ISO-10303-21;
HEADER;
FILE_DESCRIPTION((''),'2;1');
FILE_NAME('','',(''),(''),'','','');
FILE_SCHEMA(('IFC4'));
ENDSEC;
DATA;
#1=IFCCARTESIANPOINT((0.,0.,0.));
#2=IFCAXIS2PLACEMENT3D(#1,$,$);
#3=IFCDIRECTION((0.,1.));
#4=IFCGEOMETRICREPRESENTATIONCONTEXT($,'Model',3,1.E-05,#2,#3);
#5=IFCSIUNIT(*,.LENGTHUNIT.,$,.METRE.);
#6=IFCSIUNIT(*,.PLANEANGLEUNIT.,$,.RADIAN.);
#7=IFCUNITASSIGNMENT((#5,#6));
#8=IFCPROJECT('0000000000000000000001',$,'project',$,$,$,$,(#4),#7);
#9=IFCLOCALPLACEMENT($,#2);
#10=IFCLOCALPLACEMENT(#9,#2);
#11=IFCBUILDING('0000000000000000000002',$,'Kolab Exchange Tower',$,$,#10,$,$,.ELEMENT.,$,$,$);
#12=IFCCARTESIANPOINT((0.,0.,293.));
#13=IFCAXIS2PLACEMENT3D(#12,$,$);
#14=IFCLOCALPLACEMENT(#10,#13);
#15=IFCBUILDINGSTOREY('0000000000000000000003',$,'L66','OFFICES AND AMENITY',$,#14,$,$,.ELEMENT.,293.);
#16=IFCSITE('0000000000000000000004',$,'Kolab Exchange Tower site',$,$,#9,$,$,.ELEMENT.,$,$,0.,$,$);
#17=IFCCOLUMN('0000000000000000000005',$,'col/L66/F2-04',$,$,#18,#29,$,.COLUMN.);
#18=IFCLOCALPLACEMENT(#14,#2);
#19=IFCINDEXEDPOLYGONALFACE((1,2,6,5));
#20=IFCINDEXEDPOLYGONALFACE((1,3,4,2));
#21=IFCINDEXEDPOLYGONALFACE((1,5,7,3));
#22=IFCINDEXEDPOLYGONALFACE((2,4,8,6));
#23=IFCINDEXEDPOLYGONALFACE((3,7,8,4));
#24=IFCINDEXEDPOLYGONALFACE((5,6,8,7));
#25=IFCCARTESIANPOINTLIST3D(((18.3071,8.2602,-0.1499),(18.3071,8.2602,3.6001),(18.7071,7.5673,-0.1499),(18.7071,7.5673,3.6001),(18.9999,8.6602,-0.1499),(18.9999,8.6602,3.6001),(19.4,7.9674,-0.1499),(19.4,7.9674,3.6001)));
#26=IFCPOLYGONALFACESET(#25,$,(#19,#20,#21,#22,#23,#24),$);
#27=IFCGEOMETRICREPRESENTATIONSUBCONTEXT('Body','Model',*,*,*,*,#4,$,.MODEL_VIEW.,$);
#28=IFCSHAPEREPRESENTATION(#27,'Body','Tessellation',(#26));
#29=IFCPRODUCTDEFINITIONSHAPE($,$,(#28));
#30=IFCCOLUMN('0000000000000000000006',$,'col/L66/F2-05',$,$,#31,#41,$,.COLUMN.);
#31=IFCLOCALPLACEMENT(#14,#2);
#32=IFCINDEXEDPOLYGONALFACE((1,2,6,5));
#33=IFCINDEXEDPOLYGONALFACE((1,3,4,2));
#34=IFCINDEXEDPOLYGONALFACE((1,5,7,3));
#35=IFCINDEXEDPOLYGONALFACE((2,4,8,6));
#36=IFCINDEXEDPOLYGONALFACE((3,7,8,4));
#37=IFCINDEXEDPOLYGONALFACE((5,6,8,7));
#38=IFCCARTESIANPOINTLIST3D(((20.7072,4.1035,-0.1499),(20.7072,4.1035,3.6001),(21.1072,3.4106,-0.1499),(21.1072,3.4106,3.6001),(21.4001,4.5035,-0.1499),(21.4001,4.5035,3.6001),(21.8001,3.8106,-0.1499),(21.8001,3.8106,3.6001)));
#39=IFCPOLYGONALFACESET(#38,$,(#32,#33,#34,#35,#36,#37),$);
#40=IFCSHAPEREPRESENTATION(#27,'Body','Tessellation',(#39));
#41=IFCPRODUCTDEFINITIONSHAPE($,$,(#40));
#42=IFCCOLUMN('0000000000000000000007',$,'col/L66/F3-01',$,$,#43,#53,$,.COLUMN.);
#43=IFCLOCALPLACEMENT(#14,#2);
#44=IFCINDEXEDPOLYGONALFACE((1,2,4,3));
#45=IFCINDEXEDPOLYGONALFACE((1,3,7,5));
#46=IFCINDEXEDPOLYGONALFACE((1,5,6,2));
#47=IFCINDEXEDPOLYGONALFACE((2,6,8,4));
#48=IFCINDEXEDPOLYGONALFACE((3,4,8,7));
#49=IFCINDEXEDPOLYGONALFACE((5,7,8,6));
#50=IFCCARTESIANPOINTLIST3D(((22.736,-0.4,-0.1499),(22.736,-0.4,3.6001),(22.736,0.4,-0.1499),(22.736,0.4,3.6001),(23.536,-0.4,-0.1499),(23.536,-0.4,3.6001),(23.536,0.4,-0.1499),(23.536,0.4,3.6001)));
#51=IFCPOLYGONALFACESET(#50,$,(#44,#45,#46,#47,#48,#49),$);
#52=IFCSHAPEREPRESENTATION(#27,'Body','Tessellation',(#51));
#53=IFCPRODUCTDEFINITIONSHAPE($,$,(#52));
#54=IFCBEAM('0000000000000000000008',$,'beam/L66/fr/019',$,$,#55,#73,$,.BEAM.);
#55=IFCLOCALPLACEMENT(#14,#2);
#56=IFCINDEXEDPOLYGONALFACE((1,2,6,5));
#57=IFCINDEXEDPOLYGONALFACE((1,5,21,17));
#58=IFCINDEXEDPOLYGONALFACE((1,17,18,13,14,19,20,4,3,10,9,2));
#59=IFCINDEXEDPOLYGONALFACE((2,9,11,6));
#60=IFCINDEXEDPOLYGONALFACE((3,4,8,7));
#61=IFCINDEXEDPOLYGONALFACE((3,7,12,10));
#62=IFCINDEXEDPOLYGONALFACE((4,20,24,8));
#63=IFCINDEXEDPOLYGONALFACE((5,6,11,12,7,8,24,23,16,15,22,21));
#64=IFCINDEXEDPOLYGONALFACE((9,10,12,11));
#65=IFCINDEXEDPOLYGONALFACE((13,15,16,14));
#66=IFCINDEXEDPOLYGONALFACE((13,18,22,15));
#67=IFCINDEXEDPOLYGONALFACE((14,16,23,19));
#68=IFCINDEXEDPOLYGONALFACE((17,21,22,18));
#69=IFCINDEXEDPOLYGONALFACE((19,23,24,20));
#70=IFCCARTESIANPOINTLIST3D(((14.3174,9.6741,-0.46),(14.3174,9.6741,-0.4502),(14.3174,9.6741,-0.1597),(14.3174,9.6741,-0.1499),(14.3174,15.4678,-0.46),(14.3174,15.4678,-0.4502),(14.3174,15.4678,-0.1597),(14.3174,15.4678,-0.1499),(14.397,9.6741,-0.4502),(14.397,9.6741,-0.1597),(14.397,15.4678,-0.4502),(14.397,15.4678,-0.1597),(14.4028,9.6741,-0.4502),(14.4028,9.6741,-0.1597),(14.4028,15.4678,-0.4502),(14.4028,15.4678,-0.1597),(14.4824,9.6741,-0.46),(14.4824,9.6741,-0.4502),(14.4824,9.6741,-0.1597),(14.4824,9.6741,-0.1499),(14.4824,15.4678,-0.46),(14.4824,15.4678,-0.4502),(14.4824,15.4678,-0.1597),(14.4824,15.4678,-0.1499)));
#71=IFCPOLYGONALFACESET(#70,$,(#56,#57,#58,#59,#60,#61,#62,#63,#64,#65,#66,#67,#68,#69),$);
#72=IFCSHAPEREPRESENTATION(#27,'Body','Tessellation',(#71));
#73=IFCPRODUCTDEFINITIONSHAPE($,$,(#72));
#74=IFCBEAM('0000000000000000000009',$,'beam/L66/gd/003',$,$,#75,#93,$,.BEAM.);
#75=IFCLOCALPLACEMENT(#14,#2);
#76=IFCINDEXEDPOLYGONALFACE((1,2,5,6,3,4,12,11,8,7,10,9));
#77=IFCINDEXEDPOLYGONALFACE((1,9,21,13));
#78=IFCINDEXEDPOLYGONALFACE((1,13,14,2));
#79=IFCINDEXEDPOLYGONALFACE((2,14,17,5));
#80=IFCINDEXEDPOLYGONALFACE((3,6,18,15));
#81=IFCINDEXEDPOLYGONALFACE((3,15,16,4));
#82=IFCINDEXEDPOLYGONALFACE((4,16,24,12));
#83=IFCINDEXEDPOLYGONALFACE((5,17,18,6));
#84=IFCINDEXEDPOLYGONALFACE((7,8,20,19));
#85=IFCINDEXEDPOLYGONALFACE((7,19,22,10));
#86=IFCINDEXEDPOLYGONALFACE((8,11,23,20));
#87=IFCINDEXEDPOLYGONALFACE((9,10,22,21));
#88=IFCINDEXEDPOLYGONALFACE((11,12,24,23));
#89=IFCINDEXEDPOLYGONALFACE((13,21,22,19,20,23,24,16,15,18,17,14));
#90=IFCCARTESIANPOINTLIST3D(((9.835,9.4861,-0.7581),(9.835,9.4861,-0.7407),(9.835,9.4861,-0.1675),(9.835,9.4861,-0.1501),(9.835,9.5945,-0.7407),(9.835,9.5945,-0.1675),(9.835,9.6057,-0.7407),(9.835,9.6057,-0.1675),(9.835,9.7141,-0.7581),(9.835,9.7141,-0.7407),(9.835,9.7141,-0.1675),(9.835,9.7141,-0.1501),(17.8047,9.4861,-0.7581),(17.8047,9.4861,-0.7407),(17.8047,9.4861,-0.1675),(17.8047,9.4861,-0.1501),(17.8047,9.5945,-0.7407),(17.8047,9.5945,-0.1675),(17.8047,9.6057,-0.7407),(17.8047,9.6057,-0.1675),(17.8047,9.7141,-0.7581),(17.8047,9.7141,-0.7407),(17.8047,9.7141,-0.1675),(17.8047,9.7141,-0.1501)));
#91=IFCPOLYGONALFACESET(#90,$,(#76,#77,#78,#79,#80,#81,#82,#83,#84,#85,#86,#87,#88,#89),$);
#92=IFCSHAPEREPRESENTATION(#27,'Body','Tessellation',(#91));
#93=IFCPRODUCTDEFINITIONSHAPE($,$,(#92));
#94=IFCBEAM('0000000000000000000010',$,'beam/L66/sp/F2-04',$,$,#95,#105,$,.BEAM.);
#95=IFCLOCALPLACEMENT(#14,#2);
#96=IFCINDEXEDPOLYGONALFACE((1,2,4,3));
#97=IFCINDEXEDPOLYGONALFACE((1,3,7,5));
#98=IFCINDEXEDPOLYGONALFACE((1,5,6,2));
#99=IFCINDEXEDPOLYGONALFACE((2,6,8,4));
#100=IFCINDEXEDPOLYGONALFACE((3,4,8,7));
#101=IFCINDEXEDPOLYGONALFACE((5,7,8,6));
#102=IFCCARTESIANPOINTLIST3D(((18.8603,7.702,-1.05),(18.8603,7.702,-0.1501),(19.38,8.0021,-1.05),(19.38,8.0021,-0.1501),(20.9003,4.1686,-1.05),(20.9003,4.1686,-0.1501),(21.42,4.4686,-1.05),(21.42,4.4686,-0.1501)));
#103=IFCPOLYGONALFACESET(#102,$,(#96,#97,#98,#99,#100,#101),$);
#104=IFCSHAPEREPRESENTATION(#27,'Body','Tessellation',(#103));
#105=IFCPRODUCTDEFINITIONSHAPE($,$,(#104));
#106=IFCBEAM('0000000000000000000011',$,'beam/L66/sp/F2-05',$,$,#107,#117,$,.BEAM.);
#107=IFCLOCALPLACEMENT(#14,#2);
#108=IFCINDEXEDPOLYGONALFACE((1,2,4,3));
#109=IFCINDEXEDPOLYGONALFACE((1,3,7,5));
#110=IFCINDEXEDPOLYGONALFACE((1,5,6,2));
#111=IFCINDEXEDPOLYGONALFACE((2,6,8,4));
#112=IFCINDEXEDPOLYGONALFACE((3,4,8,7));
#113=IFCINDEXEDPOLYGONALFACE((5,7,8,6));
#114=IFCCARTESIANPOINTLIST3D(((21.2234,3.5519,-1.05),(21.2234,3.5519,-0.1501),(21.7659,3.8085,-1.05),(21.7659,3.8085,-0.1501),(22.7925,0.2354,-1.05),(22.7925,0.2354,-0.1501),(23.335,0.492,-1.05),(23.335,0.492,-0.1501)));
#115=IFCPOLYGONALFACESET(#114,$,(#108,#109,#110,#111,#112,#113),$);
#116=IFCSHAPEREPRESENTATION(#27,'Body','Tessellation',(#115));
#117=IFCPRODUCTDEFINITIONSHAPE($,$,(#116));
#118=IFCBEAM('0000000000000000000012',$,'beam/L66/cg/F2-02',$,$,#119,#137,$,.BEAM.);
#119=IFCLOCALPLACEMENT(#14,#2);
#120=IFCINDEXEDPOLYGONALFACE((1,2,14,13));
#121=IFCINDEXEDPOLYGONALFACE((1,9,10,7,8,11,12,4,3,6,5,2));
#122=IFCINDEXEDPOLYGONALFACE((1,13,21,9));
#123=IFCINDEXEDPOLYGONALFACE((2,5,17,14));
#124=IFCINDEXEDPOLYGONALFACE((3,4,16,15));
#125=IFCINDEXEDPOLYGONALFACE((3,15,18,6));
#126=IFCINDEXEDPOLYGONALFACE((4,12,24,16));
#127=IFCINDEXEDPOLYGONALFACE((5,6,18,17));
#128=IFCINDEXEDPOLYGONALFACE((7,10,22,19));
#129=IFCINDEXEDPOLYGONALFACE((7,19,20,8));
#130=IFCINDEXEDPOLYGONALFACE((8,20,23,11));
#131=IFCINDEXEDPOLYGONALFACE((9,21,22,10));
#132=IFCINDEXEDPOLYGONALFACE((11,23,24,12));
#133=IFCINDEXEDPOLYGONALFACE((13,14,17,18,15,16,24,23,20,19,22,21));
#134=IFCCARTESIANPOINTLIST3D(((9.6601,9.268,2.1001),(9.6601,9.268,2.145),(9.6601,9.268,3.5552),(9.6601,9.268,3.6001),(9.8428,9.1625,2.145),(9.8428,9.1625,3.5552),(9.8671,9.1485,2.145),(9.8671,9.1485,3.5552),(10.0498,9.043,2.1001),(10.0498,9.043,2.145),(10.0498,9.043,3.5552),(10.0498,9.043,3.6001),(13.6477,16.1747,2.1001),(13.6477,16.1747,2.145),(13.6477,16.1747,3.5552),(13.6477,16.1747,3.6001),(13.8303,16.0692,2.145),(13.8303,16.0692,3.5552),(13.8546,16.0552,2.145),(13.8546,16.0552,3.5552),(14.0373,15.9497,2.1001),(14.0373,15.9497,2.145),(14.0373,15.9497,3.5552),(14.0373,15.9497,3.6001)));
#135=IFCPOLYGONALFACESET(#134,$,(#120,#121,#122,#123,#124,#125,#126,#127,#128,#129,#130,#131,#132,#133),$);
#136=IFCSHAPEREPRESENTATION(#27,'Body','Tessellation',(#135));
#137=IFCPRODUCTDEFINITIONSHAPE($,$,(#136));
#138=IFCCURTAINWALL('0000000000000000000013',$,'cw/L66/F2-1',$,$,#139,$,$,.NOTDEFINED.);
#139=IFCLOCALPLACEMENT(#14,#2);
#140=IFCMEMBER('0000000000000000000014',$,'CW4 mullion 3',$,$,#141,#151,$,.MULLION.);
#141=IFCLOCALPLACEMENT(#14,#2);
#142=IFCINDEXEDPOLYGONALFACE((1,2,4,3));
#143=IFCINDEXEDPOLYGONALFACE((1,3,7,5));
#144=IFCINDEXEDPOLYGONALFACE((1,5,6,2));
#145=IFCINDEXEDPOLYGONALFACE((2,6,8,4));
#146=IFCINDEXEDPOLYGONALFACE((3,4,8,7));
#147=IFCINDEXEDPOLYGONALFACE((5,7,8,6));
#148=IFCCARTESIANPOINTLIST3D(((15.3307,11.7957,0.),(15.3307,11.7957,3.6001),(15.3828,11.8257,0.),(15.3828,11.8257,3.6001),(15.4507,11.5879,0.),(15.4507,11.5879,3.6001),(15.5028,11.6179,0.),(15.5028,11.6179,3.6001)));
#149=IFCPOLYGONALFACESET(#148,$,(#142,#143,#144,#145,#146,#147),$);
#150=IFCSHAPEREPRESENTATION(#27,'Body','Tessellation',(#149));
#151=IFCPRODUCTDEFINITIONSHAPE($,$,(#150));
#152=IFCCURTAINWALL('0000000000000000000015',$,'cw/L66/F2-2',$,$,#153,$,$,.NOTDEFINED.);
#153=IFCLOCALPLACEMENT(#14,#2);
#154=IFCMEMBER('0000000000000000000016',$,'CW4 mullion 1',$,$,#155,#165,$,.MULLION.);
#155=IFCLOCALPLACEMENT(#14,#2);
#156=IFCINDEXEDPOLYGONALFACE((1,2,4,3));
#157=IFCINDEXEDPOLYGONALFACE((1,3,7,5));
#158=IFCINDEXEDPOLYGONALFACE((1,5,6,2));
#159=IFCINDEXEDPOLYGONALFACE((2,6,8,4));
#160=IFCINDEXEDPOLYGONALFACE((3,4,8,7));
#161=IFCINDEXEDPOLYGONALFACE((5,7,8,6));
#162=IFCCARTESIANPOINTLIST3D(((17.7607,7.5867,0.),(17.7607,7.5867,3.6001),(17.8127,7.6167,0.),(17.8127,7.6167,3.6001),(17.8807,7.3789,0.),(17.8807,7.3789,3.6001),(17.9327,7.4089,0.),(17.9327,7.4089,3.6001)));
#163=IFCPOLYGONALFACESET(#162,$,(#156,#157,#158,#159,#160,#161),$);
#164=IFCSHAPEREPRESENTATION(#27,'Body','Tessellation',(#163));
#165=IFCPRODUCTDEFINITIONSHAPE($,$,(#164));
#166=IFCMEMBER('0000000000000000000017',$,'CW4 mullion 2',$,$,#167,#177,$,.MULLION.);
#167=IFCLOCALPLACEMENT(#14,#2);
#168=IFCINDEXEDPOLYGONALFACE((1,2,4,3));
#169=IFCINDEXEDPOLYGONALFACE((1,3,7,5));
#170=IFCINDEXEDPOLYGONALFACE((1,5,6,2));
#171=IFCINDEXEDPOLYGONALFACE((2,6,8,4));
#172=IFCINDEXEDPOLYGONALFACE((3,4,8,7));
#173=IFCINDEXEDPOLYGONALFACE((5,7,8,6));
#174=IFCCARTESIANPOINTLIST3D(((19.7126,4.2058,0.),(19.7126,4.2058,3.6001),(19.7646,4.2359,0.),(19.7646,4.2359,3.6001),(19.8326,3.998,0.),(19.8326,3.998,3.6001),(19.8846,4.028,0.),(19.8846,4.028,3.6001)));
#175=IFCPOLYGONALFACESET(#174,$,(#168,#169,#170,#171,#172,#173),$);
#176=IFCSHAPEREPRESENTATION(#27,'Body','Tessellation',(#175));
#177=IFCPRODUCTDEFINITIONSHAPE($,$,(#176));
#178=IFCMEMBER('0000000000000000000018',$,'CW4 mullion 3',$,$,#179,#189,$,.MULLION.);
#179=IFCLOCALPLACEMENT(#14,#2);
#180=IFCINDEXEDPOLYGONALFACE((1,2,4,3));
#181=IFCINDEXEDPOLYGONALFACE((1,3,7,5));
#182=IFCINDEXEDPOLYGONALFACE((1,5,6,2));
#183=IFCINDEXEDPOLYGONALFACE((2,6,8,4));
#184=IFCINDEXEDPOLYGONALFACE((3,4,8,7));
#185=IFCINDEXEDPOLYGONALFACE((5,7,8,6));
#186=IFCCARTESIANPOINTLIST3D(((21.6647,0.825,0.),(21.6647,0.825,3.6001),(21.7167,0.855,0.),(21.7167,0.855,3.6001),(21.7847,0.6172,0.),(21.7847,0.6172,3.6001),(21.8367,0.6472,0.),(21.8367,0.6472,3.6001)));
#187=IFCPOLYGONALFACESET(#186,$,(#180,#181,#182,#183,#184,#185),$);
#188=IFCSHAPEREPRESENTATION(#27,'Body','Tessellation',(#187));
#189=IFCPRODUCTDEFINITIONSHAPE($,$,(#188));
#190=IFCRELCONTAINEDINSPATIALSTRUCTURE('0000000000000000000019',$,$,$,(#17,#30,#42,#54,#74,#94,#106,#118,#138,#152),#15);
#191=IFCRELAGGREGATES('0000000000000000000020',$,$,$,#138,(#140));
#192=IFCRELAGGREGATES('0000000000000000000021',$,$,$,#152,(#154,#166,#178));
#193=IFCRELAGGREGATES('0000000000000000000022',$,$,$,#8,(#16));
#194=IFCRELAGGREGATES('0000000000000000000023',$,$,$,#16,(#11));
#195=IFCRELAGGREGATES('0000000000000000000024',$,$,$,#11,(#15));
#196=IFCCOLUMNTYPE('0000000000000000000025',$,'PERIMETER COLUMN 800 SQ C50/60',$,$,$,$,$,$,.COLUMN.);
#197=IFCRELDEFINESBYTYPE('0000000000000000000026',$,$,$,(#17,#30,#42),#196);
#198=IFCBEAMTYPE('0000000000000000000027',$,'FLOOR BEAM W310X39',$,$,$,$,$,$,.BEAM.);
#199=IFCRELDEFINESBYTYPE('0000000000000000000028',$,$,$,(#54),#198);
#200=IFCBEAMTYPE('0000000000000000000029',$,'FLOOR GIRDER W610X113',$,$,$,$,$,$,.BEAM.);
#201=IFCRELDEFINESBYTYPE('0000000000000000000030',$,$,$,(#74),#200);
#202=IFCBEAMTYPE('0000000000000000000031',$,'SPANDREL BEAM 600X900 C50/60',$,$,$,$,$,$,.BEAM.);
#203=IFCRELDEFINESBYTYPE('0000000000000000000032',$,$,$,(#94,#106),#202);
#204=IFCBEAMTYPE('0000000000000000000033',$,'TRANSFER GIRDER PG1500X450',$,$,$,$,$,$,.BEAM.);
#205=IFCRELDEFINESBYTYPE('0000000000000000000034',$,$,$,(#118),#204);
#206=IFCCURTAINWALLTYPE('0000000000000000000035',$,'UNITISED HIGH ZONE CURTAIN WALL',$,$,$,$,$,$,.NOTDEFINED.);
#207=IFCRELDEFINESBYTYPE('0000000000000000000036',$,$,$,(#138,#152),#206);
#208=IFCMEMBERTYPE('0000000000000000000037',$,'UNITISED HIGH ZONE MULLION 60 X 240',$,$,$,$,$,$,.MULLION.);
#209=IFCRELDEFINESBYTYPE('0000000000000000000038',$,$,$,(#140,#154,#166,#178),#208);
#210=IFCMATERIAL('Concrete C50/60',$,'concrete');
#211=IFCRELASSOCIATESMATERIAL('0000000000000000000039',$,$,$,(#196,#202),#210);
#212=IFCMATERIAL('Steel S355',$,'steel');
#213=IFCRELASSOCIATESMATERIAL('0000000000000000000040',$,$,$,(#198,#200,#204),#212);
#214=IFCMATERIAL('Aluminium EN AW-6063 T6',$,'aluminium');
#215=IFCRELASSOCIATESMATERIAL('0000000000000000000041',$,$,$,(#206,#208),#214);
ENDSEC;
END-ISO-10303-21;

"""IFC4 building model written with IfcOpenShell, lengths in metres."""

from ifc_helpers import new_model, si_unit, direction, frame, origin, origin_2d, place, context, subcontext, project, spatial, rectangle, i_section, extrude, material, material_profile, profile_set, type_object, element, aggregate, save


model = new_model("IFC4")

# Units and contexts
model_context = context("Model", 3, precision=1e-05, world=origin(), true_north=direction((0.0, 1.0)))
body_context = subcontext(model_context, "Body", "Model", "MODEL_VIEW")
ifc_project = project(units=[si_unit("LENGTHUNIT", "METRE"), si_unit("PLANEANGLEUNIT", "RADIAN")], contexts=[model_context])

# Site, building, storey
site_placement = place(None, origin())
site = spatial("IfcSite", under=ifc_project, at=site_placement, Name="Kolab Exchange Tower site", CompositionType="ELEMENT", RefElevation=0.0)
building_placement = place(site_placement, origin())
building = spatial("IfcBuilding", under=site, at=building_placement, Name="Kolab Exchange Tower", CompositionType="ELEMENT")
storey_placement = place(building_placement, frame((0.0, 0.0, 293.0)))
storey = spatial("IfcBuildingStorey", under=building, at=storey_placement, Name="L66", Description="OFFICES AND AMENITY", CompositionType="ELEMENT", Elevation=293.0)

# Columns
ifc_material_1 = material(Name="Concrete C50/60", Category="concrete")
ifc_material_profile_1 = material_profile(ifc_material_1, rectangle(XDim=0.8, YDim=0.8, at=origin_2d()), Name="RC800")
ifc_profile_set_1 = profile_set([ifc_material_profile_1], Name="Concrete C50/60")
column_type = type_object("IfcColumnType", Name="PERIMETER COLUMN 800 SQ C50/60", PredefinedType="COLUMN", material=ifc_profile_set_1)
for number, where, z_axis, x_axis, name in (
    (1, (18.8535, 8.1138, -0.1499), (0.0, 0.0, 1.0), (0.866025, 0.5, 0.0), "col/L66/F2-04"),
    (2, (21.2537, 3.957, -0.1499), (0.0, 0.0, 1.0), (0.866025, 0.5, 0.0), "col/L66/F2-05"),
    (3, (23.136, 0.0, -0.1499), (0.0, 0.0, 1.0), (1.0, 0.0, 0.0), "col/L66/F3-01"),
):
    element("IfcColumn", number, at=place(storey_placement, frame(where, z_axis=z_axis, x_axis=x_axis)), inside=storey, type_object=column_type, Name=name, PredefinedType="COLUMN", context=body_context, shape_type="SweptSolid", body=[
        extrude(rectangle(XDim=0.8, YDim=0.8, at=origin_2d()), origin(), (0.0, 0.0, 1.0), 3.75),
    ])

# Beams
ifc_material_2 = material(Name="Steel S355", Category="steel")
ifc_material_profile_2 = material_profile(ifc_material_2, i_section(OverallWidth=0.165, OverallDepth=0.3101, WebThickness=0.0059, FlangeThickness=0.0098, at=origin_2d()), Name="W310X39")
ifc_profile_set_2 = profile_set([ifc_material_profile_2], Name="Steel S355")
beam_type_1 = type_object("IfcBeamType", Name="FLOOR BEAM W310X39", PredefinedType="BEAM", material=ifc_profile_set_2)
beam_1_placement = place(storey_placement, frame((14.3999, 9.6741, -0.3049), z_axis=(0.0, 1.0, 0.0), x_axis=(-1.0, 0.0, 0.0)))
element("IfcBeam", 4, at=beam_1_placement, inside=storey, type_object=beam_type_1, Name="beam/L66/fr/019", PredefinedType="BEAM", context=body_context, shape_type="SweptSolid", body=[
    extrude(i_section(OverallWidth=0.165, OverallDepth=0.3101, WebThickness=0.0059, FlangeThickness=0.0098, at=origin_2d()), origin(), (0.0, 0.0, 1.0), 5.7937),
])
ifc_material_profile_3 = material_profile(ifc_material_2, i_section(OverallWidth=0.228, OverallDepth=0.6079, WebThickness=0.0112, FlangeThickness=0.0173, at=origin_2d()), Name="W610X113")
ifc_profile_set_3 = profile_set([ifc_material_profile_3], Name="Steel S355")
beam_type_2 = type_object("IfcBeamType", Name="FLOOR GIRDER W610X113", PredefinedType="BEAM", material=ifc_profile_set_3)
beam_2_placement = place(storey_placement, frame((9.835, 9.6001, -0.4541), z_axis=(1.0, 0.0, 0.0), x_axis=(0.0, 1.0, 0.0)))
element("IfcBeam", 5, at=beam_2_placement, inside=storey, type_object=beam_type_2, Name="beam/L66/gd/003", PredefinedType="BEAM", context=body_context, shape_type="SweptSolid", body=[
    extrude(i_section(OverallWidth=0.228, OverallDepth=0.6079, WebThickness=0.0112, FlangeThickness=0.0173, at=origin_2d()), origin(), (0.0, 0.0, 1.0), 7.9697),
])
ifc_material_profile_4 = material_profile(ifc_material_1, rectangle(XDim=0.6001, YDim=0.8999, at=origin_2d()), Name="RC600X900")
ifc_profile_set_4 = profile_set([ifc_material_profile_4], Name="Concrete C50/60")
beam_type_3 = type_object("IfcBeamType", Name="SPANDREL BEAM 600X900 C50/60", PredefinedType="BEAM", material=ifc_profile_set_4)
beam_3_placement = place(storey_placement, frame((19.1201, 7.8521, -0.6001), z_axis=(0.5, -0.866025, 0.0), x_axis=(0.866025, 0.5, 0.0)))
element("IfcBeam", 6, at=beam_3_placement, inside=storey, type_object=beam_type_3, Name="beam/L66/sp/F2-04", PredefinedType="BEAM", context=body_context, shape_type="SweptSolid", body=[
    extrude(rectangle(XDim=0.6001, YDim=0.8999, at=origin_2d()), origin(), (0.0, 0.0, 1.0), 4.0801),
])
beam_4_placement = place(storey_placement, frame((21.4946, 3.6802, -0.6001), z_axis=(0.427677, -0.903932, 0.0), x_axis=(0.903932, 0.427677, 0.0)))
element("IfcBeam", 7, at=beam_4_placement, inside=storey, type_object=beam_type_3, Name="beam/L66/sp/F2-05", PredefinedType="BEAM", context=body_context, shape_type="SweptSolid", body=[
    extrude(rectangle(XDim=0.6001, YDim=0.8999, at=origin_2d()), origin(), (0.0, 0.0, 1.0), 3.6689),
])
ifc_material_profile_5 = material_profile(ifc_material_2, i_section(OverallWidth=0.45, OverallDepth=1.5, WebThickness=0.0281, FlangeThickness=0.0449, at=origin_2d()), Name="PG1500X450")
ifc_profile_set_5 = profile_set([ifc_material_profile_5], Name="Steel S355")
beam_type_4 = type_object("IfcBeamType", Name="TRANSFER GIRDER PG1500X450", PredefinedType="BEAM", material=ifc_profile_set_5)
beam_5_placement = place(storey_placement, frame((9.855, 9.1555, 2.8501), z_axis=(0.499995, 0.866029, 0.0), x_axis=(-0.866029, 0.499995, 0.0)))
element("IfcBeam", 8, at=beam_5_placement, inside=storey, type_object=beam_type_4, Name="beam/L66/cg/F2-02", PredefinedType="BEAM", context=body_context, shape_type="SweptSolid", body=[
    extrude(i_section(OverallWidth=0.45, OverallDepth=1.5, WebThickness=0.0281, FlangeThickness=0.0449, at=origin_2d()), origin(), (0.0, 0.0, 1.0), 7.9751),
])

# Curtain wall, member
ifc_material_3 = material(Name="Aluminium EN AW-6063 T6", Category="aluminium")
curtain_wall_type = type_object("IfcCurtainWallType", Name="UNITISED HIGH ZONE CURTAIN WALL", PredefinedType="NOTDEFINED", material=ifc_material_3)
curtain_wall_1_placement = place(storey_placement, origin())
curtain_wall_1 = element("IfcCurtainWall", 9, at=curtain_wall_1_placement, inside=storey, type_object=curtain_wall_type, Name="cw/L66/F2-1", PredefinedType="NOTDEFINED")
ifc_material_profile_6 = material_profile(ifc_material_3, rectangle(XDim=0.0601, YDim=0.24, at=origin_2d()), Name="RECT 60X240")
ifc_profile_set_6 = profile_set([ifc_material_profile_6], Name="Aluminium EN AW-6063 T6")
member_type_1 = type_object("IfcMemberType", Name="UNITISED HIGH ZONE MULLION 60 X 240", PredefinedType="MULLION", material=ifc_profile_set_6)
member_1_placement = place(storey_placement, frame((15.4167, 11.7068, 0.0), z_axis=(0.0, 0.0, 1.0), x_axis=(0.866025, 0.5, 0.0)))
member_1 = element("IfcMember", 10, at=member_1_placement, type_object=member_type_1, Name="CW4 mullion 3", PredefinedType="MULLION", context=body_context, shape_type="SweptSolid", body=[
    extrude(rectangle(XDim=0.0601, YDim=0.24, at=origin_2d()), origin(), (0.0, 0.0, 1.0), 3.6001),
])
aggregate(curtain_wall_1, [member_1])

# Curtain wall, members
curtain_wall_2_placement = place(storey_placement, origin())
curtain_wall_2 = element("IfcCurtainWall", 11, at=curtain_wall_2_placement, inside=storey, type_object=curtain_wall_type, Name="cw/L66/F2-2", PredefinedType="NOTDEFINED")
member_2_placement = place(storey_placement, frame((17.8467, 7.4978, 0.0), z_axis=(0.0, 0.0, 1.0), x_axis=(0.866025, 0.5, 0.0)))
member_2 = element("IfcMember", 12, at=member_2_placement, type_object=member_type_1, Name="CW4 mullion 1", PredefinedType="MULLION", context=body_context, shape_type="SweptSolid", body=[
    extrude(rectangle(XDim=0.0601, YDim=0.24, at=origin_2d()), origin(), (0.0, 0.0, 1.0), 3.6001),
])
member_3_placement = place(storey_placement, frame((19.7986, 4.1169, 0.0), z_axis=(0.0, 0.0, 1.0), x_axis=(0.866025, 0.5, 0.0)))
member_3 = element("IfcMember", 13, at=member_3_placement, type_object=member_type_1, Name="CW4 mullion 2", PredefinedType="MULLION", context=body_context, shape_type="SweptSolid", body=[
    extrude(rectangle(XDim=0.0601, YDim=0.24, at=origin_2d()), origin(), (0.0, 0.0, 1.0), 3.6001),
])
member_4_placement = place(storey_placement, frame((21.7507, 0.7361, 0.0), z_axis=(0.0, 0.0, 1.0), x_axis=(0.866025, 0.5, 0.0)))
member_4 = element("IfcMember", 14, at=member_4_placement, type_object=member_type_1, Name="CW4 mullion 3", PredefinedType="MULLION", context=body_context, shape_type="SweptSolid", body=[
    extrude(rectangle(XDim=0.0601, YDim=0.24, at=origin_2d()), origin(), (0.0, 0.0, 1.0), 3.6001),
])

aggregate(curtain_wall_2, [member_2, member_3, member_4])

save(model, "model.ifc")
